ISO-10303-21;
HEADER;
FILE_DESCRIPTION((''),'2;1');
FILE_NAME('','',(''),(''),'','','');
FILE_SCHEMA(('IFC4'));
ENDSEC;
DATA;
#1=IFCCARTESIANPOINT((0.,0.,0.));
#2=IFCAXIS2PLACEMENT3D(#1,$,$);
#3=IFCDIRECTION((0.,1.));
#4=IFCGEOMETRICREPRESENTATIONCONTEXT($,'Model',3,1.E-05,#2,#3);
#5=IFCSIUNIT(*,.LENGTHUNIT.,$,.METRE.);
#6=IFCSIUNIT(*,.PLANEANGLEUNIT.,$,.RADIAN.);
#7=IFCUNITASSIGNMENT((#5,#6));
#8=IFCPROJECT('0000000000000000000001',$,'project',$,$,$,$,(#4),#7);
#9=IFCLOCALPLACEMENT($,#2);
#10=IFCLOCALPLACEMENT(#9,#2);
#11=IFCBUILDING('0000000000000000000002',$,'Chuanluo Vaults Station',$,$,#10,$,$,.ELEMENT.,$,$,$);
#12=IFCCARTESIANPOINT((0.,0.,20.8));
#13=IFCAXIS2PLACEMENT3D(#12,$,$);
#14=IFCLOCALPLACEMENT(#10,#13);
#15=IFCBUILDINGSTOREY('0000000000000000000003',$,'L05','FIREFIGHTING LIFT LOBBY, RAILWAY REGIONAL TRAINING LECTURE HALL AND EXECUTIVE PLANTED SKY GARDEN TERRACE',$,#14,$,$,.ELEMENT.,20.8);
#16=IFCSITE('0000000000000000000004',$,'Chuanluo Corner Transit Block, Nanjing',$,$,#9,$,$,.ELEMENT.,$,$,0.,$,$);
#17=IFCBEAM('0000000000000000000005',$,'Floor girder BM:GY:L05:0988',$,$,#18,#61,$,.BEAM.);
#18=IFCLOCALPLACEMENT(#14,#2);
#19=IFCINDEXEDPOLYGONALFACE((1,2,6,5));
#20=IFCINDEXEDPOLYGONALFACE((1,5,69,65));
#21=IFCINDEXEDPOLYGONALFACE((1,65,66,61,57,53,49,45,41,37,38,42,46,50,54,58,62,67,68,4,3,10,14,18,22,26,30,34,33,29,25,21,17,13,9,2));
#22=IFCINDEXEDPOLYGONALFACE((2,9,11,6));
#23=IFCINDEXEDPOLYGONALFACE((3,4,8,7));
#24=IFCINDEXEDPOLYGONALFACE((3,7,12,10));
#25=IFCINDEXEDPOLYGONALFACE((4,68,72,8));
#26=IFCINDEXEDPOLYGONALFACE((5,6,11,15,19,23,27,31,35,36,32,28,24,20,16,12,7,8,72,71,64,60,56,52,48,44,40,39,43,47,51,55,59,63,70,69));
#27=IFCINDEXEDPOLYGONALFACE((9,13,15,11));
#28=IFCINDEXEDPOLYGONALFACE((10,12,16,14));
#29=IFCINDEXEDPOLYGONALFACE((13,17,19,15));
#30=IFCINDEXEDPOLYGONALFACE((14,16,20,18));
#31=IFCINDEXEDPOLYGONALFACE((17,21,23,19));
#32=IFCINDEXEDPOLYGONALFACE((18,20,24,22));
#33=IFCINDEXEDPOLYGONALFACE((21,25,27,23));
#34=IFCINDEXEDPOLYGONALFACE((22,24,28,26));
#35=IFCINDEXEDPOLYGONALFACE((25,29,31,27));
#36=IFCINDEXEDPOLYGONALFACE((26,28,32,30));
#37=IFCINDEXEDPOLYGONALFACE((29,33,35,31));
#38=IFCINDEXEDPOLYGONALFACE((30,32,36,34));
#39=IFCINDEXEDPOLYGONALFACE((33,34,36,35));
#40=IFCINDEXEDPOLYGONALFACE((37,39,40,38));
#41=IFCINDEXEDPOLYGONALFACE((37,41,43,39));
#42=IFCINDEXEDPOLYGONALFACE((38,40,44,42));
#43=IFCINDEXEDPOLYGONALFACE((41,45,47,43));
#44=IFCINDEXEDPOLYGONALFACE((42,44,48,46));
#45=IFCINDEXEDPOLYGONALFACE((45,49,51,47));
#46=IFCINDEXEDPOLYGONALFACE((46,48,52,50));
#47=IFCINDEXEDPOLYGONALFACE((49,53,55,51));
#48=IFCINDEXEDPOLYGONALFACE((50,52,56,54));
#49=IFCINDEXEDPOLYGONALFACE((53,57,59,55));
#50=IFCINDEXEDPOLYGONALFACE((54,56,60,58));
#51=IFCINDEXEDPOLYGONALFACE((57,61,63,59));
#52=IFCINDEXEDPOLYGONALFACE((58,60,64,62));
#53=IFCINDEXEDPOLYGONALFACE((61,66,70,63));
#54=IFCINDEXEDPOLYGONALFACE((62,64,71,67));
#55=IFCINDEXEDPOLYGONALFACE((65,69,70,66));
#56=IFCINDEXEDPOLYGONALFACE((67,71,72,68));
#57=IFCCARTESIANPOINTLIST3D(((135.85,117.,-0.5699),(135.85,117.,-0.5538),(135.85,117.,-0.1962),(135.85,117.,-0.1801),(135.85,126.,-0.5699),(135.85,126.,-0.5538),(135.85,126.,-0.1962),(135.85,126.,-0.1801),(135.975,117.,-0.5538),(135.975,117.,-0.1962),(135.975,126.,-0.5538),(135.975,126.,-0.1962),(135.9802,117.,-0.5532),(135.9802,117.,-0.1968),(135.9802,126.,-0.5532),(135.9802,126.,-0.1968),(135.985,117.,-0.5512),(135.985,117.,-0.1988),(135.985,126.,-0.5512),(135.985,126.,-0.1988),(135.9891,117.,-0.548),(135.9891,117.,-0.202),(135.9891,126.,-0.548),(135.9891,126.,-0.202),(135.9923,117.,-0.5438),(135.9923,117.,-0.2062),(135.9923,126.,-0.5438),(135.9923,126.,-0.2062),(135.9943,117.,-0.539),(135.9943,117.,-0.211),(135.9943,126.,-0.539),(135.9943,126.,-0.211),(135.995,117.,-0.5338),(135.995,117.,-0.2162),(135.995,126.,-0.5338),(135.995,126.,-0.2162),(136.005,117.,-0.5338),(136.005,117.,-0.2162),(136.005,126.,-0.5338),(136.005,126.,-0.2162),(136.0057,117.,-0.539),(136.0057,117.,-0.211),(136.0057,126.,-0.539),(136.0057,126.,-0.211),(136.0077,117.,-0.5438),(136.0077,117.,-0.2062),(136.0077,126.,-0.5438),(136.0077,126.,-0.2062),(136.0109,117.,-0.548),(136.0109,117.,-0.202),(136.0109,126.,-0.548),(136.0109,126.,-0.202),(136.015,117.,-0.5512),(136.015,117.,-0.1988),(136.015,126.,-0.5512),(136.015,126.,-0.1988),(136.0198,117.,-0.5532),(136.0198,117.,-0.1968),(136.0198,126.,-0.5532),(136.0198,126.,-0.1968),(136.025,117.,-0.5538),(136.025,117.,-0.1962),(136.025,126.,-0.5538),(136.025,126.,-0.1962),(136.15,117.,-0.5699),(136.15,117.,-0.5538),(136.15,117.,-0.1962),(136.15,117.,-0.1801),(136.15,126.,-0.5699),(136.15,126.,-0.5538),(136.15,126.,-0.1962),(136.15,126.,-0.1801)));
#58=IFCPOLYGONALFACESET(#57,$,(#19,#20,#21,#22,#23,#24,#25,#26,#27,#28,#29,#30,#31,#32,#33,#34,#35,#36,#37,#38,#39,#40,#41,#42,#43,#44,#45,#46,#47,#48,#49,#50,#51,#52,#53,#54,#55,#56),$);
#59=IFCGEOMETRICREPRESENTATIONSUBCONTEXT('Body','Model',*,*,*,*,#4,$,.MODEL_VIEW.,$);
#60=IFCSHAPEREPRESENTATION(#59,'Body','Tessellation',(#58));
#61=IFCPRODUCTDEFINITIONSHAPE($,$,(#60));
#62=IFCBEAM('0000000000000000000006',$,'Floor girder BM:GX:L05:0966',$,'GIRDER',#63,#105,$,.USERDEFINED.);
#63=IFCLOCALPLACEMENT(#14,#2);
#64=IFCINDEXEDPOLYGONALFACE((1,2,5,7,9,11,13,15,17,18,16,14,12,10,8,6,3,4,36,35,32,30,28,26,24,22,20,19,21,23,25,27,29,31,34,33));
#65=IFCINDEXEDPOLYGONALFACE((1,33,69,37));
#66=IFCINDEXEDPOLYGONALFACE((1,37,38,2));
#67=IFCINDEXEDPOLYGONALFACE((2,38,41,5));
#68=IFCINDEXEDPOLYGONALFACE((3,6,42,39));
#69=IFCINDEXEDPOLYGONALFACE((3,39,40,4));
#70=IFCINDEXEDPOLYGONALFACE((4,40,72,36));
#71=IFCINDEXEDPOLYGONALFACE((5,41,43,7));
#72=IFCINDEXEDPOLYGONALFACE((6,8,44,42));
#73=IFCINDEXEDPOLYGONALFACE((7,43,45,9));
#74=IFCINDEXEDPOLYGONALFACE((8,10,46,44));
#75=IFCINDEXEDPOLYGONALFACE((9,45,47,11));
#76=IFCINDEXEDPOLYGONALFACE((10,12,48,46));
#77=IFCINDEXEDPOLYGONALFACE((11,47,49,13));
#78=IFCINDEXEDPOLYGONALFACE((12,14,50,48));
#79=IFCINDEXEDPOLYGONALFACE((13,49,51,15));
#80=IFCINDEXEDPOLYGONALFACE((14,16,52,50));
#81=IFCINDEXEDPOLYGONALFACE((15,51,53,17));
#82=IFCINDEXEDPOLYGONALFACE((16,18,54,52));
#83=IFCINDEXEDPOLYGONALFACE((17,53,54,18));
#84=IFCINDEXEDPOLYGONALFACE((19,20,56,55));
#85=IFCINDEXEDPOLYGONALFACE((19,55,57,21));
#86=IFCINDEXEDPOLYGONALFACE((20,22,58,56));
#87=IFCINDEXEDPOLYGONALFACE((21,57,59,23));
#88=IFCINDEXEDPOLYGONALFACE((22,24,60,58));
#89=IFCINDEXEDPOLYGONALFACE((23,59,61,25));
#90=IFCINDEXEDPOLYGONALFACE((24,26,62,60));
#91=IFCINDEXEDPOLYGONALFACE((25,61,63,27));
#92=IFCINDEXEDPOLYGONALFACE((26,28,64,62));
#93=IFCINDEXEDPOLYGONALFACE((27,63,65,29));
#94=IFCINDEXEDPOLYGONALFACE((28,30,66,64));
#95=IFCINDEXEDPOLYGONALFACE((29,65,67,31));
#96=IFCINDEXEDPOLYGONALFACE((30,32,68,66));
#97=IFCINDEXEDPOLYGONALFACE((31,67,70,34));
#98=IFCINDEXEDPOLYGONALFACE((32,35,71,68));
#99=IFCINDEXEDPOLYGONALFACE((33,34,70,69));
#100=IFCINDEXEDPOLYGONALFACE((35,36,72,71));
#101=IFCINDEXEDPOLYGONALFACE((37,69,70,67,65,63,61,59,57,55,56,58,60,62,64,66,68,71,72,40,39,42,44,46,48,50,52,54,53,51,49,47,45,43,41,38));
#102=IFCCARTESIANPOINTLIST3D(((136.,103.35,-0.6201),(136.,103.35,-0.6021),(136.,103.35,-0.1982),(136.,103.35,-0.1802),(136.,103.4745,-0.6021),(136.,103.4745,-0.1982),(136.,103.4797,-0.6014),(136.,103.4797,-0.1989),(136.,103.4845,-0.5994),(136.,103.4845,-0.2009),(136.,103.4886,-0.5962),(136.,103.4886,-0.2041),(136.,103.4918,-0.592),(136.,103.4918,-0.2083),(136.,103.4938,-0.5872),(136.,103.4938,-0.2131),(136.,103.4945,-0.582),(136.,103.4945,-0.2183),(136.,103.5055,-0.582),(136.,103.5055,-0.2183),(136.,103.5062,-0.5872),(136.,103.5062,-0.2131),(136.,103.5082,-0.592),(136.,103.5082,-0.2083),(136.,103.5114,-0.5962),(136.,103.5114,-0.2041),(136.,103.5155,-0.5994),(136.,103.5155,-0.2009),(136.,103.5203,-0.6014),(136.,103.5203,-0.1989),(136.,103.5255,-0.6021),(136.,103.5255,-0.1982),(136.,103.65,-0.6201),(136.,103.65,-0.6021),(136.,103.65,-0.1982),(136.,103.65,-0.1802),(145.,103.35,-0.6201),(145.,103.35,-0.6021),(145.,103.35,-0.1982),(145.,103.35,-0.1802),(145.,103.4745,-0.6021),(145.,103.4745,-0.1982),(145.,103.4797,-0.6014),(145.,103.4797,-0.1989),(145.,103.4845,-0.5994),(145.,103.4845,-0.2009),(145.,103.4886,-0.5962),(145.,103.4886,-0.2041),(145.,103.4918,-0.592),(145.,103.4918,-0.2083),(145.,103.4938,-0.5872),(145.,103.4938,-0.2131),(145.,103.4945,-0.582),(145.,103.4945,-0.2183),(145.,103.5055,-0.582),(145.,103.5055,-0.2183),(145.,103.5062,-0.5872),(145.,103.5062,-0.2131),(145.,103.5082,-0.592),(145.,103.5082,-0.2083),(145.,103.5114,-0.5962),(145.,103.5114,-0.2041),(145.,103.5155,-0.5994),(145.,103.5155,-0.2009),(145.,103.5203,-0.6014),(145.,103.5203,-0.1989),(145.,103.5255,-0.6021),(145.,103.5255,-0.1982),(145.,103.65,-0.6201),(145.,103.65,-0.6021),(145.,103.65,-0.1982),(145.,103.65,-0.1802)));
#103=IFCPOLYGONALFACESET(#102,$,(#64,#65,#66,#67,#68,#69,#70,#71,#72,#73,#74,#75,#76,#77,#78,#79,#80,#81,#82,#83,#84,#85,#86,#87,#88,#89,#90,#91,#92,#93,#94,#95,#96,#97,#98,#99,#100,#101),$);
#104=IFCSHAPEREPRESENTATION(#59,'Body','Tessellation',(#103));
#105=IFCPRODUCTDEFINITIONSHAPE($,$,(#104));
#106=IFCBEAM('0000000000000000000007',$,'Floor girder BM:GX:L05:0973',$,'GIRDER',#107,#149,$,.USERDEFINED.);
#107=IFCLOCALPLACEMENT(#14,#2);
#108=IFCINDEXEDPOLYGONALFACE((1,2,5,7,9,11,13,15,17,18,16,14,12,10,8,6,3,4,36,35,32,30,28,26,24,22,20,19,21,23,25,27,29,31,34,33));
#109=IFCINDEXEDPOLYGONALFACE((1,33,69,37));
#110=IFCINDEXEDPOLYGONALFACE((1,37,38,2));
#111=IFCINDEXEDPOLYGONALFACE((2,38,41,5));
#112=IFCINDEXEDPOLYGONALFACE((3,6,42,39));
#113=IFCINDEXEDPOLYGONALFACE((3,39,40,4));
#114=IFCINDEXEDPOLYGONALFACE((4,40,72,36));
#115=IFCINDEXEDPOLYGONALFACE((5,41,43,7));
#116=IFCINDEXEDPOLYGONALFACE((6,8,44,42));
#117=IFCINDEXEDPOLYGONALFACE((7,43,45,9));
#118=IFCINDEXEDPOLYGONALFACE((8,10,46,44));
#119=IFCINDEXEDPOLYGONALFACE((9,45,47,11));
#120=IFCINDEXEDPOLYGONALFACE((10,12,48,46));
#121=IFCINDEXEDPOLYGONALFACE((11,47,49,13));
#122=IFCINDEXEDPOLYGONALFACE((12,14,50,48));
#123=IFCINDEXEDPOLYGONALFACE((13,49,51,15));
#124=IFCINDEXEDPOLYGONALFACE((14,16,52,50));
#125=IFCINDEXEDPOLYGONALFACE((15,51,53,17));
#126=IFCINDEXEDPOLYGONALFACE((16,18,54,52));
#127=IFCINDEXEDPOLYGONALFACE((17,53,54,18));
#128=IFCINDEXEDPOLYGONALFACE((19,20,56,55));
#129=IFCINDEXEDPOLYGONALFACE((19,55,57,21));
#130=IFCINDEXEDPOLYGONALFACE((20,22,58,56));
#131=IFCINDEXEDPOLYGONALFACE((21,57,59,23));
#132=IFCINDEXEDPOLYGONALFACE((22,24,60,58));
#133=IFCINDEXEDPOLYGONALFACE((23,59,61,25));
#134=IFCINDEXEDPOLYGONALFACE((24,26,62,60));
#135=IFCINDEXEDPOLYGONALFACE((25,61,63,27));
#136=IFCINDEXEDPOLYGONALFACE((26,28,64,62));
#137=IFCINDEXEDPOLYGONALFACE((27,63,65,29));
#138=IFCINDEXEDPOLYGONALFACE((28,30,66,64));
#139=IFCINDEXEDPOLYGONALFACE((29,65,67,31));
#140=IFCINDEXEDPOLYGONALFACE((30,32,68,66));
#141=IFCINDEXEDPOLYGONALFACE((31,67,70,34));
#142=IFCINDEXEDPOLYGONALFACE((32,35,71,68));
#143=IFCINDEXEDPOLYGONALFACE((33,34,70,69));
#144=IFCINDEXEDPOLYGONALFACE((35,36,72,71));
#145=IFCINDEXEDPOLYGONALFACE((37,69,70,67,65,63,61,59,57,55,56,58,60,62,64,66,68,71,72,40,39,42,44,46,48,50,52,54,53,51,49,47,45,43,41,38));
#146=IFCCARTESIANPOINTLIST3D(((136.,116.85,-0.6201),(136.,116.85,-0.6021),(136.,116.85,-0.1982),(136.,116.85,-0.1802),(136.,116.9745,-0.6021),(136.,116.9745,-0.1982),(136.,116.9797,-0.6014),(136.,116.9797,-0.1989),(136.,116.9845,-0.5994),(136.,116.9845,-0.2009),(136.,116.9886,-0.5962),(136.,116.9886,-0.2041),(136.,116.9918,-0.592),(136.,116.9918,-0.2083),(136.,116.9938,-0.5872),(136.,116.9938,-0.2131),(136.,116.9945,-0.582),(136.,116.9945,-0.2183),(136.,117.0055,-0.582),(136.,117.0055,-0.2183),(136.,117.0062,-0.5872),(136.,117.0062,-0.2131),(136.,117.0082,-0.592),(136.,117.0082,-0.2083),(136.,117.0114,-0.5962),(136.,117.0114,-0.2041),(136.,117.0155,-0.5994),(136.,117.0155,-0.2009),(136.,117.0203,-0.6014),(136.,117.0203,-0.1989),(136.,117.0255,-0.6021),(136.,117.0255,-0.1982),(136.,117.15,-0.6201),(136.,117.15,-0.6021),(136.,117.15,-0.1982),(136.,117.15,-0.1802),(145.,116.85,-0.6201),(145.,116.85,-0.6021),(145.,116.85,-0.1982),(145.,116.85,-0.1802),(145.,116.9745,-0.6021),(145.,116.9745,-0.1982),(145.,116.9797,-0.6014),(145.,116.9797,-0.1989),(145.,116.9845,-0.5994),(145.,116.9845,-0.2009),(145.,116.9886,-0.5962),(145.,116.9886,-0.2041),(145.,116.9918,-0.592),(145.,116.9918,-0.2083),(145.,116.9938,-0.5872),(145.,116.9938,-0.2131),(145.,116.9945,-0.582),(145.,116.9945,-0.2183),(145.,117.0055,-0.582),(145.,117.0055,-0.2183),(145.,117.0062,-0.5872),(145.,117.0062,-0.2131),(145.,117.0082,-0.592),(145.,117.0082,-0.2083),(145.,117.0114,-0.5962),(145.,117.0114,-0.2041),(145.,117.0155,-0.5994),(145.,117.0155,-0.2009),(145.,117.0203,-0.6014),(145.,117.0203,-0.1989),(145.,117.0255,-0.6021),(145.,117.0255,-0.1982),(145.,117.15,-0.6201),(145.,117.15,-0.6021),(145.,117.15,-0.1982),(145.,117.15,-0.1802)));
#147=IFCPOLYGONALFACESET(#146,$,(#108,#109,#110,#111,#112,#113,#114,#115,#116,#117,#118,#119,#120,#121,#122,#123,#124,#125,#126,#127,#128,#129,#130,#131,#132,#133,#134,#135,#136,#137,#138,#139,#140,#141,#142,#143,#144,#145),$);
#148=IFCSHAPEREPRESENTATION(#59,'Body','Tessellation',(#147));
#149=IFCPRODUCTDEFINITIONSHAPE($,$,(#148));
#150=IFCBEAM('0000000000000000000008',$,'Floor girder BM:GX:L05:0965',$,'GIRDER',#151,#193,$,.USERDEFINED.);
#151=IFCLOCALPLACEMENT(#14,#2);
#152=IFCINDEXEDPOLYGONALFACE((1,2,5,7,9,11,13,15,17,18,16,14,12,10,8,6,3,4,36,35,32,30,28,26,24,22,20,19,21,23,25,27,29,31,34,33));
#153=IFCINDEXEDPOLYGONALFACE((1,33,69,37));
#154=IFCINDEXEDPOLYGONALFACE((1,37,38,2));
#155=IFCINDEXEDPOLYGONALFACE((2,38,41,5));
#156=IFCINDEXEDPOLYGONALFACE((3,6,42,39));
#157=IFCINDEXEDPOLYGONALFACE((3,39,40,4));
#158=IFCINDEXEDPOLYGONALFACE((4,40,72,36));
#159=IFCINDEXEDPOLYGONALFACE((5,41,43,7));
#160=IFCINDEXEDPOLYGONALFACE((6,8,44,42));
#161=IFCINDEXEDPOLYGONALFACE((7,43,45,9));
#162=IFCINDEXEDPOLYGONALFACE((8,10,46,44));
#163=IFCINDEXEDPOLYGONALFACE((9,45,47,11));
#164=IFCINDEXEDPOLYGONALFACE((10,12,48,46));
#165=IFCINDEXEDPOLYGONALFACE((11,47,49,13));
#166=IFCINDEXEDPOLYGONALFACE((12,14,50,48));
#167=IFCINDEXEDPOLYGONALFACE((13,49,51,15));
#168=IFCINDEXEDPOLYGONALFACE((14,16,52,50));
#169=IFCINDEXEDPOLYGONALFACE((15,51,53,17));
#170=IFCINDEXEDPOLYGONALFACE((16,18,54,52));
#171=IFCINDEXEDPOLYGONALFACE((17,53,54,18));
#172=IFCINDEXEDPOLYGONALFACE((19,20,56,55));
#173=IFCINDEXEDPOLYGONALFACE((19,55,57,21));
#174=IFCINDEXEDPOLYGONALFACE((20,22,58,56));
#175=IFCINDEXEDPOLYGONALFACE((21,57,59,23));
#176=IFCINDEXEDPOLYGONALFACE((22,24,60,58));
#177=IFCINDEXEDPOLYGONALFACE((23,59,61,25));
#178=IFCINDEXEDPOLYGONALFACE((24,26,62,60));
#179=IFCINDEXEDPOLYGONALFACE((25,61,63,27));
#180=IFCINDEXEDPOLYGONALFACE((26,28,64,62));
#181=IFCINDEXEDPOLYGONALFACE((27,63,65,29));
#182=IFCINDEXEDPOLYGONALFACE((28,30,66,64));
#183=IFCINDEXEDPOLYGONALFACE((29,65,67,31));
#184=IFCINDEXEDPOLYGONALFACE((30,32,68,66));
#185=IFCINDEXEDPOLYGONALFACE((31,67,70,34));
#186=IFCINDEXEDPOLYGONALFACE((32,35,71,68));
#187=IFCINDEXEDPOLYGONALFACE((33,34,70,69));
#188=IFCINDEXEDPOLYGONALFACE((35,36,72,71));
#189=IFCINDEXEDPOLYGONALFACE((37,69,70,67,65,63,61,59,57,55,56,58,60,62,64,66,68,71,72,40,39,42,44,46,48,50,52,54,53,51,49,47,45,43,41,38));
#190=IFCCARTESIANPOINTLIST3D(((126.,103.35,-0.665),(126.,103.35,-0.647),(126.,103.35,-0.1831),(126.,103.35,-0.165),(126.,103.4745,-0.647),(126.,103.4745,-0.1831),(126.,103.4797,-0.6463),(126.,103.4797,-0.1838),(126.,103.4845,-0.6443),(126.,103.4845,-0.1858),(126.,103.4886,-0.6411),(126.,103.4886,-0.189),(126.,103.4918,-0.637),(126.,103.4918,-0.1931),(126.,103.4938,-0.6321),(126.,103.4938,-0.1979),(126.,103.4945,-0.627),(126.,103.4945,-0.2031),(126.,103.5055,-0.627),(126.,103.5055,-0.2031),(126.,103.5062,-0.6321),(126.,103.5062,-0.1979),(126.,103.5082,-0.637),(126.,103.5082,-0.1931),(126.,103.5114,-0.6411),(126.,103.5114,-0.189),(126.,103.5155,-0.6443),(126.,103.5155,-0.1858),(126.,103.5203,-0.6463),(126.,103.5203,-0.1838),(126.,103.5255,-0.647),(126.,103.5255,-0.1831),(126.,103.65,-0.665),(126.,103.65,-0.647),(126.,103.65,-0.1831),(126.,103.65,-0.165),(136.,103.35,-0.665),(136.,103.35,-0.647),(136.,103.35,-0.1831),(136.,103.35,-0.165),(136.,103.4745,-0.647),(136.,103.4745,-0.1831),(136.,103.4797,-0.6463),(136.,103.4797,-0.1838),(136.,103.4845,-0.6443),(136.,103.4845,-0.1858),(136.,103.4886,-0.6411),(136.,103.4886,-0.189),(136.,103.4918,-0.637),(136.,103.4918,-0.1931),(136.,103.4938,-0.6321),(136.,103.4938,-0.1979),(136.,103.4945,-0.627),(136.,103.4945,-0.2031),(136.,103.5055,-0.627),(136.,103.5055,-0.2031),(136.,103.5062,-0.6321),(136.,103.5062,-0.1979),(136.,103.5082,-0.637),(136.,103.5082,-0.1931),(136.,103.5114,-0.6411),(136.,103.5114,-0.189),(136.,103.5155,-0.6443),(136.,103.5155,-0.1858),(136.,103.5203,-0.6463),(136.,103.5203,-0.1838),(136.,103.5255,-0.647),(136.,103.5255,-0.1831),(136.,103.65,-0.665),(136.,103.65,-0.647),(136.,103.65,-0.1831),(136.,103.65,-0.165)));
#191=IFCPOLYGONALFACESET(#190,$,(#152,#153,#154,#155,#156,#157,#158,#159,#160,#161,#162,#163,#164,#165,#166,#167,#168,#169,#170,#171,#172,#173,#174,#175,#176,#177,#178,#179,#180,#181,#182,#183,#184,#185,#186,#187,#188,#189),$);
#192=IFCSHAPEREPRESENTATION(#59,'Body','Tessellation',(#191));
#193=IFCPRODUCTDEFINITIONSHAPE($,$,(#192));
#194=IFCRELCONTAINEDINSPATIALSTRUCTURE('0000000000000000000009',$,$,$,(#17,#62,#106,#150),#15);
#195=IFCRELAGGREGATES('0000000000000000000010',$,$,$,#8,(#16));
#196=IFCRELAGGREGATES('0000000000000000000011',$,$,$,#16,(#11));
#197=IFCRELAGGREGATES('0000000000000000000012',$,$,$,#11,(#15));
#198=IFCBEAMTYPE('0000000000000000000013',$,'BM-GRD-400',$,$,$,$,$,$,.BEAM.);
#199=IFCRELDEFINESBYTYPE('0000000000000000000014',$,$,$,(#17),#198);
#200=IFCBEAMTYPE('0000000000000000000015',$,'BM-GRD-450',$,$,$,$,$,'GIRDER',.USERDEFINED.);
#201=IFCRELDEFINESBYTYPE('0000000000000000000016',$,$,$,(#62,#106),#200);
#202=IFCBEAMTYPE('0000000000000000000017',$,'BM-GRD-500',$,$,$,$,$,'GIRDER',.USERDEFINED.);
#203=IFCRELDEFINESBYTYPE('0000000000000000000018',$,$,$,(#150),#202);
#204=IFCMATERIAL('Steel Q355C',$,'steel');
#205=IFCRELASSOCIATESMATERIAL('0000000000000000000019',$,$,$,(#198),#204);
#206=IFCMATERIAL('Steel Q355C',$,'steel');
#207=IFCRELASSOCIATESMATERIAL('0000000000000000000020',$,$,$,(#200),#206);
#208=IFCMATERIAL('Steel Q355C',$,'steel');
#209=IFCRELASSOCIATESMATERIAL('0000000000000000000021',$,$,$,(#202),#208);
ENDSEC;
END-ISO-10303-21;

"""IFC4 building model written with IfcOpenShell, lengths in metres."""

from ifc_helpers import new_model, si_unit, direction, frame, origin, origin_2d, place, context, subcontext, project, spatial, i_section, extrude, material, material_profile, profile_set, type_object, element, save


model = new_model("IFC4")

# Units and contexts
model_context = context("Model", 3, precision=1e-05, world=origin(), true_north=direction((0.0, 1.0)))
body_context = subcontext(model_context, "Body", "Model", "MODEL_VIEW")
ifc_project = project(units=[si_unit("LENGTHUNIT", "METRE"), si_unit("PLANEANGLEUNIT", "RADIAN")], contexts=[model_context])

# Site, building, storey
site_placement = place(None, origin())
site = spatial("IfcSite", under=ifc_project, at=site_placement, Name="Chuanluo Corner Transit Block, Nanjing", CompositionType="ELEMENT", RefElevation=0.0)
building_placement = place(site_placement, origin())
building = spatial("IfcBuilding", under=site, at=building_placement, Name="Chuanluo Vaults Station", CompositionType="ELEMENT")
storey_placement = place(building_placement, frame((0.0, 0.0, 20.8)))
storey = spatial("IfcBuildingStorey", under=building, at=storey_placement, Name="L05", Description="FIREFIGHTING LIFT LOBBY, RAILWAY REGIONAL TRAINING LECTURE HALL AND EXECUTIVE PLANTED SKY GARDEN TERRACE", CompositionType="ELEMENT", Elevation=20.8)

# Beams
ifc_material_1 = material(Name="Steel Q355C", Category="steel")
ifc_material_profile_1 = material_profile(ifc_material_1, i_section(OverallWidth=0.3, OverallDepth=0.3899, WebThickness=0.01, FlangeThickness=0.0161, FilletRadius=0.02, at=origin_2d()))
ifc_profile_set_1 = profile_set([ifc_material_profile_1], Name="Steel Q355C")
beam_type_1 = type_object("IfcBeamType", Name="BM-GRD-400", PredefinedType="BEAM", material=ifc_profile_set_1)
for number, where, z_axis, x_axis, name in (
    (1, (136.0, 117.0, -0.375), (0.0, 1.0, 0.0), (-1.0, 0.0, 0.0), "Floor girder BM:GY:L05:0988"),
):
    element("IfcBeam", number, at=place(storey_placement, frame(where, z_axis=z_axis, x_axis=x_axis)), inside=storey, type_object=beam_type_1, Name=name, PredefinedType="BEAM", context=body_context, shape_type="SweptSolid", body=[
        extrude(i_section(OverallWidth=0.3, OverallDepth=0.3899, WebThickness=0.01, FlangeThickness=0.0161, FilletRadius=0.02, at=origin_2d()), origin(), (0.0, 0.0, 1.0), 9.0),
    ])
ifc_material_2 = material(Name="Steel Q355C", Category="steel")
ifc_material_profile_2 = material_profile(ifc_material_2, i_section(OverallWidth=0.3, OverallDepth=0.4399, WebThickness=0.011, FlangeThickness=0.0181, FilletRadius=0.02, at=origin_2d()))
ifc_profile_set_2 = profile_set([ifc_material_profile_2], Name="Steel Q355C")
beam_type_2 = type_object("IfcBeamType", Name="BM-GRD-450", ElementType="GIRDER", PredefinedType="USERDEFINED", material=ifc_profile_set_2)
for number, where, z_axis, x_axis, name in (
    (2, (136.0, 103.5, -0.4001), (1.0, 0.0, 0.0), (0.0, 1.0, 0.0), "Floor girder BM:GX:L05:0966"),
    (3, (136.0, 117.0, -0.4001), (1.0, 0.0, 0.0), (0.0, 1.0, 0.0), "Floor girder BM:GX:L05:0973"),
):
    element("IfcBeam", number, at=place(storey_placement, frame(where, z_axis=z_axis, x_axis=x_axis)), inside=storey, type_object=beam_type_2, Name=name, ObjectType="GIRDER", PredefinedType="USERDEFINED", context=body_context, shape_type="SweptSolid", body=[
        extrude(i_section(OverallWidth=0.3, OverallDepth=0.4399, WebThickness=0.011, FlangeThickness=0.0181, FilletRadius=0.02, at=origin_2d()), origin(), (0.0, 0.0, 1.0), 9.0),
    ])
ifc_material_3 = material(Name="Steel Q355C", Category="steel")
ifc_material_profile_3 = material_profile(ifc_material_3, i_section(OverallWidth=0.3, OverallDepth=0.5, WebThickness=0.011, FlangeThickness=0.0181, FilletRadius=0.02, at=origin_2d()))
ifc_profile_set_3 = profile_set([ifc_material_profile_3], Name="Steel Q355C")
beam_type_3 = type_object("IfcBeamType", Name="BM-GRD-500", ElementType="GIRDER", PredefinedType="USERDEFINED", material=ifc_profile_set_3)
for number, where, z_axis, x_axis, name in (
    (4, (126.0, 103.5, -0.415), (1.0, 0.0, 0.0), (0.0, 1.0, 0.0), "Floor girder BM:GX:L05:0965"),
):
    element("IfcBeam", number, at=place(storey_placement, frame(where, z_axis=z_axis, x_axis=x_axis)), inside=storey, type_object=beam_type_3, Name=name, ObjectType="GIRDER", PredefinedType="USERDEFINED", context=body_context, shape_type="SweptSolid", body=[
        extrude(i_section(OverallWidth=0.3, OverallDepth=0.5, WebThickness=0.011, FlangeThickness=0.0181, FilletRadius=0.02, at=origin_2d()), origin(), (0.0, 0.0, 1.0), 10.0),
    ])

save(model, "model.ifc")
